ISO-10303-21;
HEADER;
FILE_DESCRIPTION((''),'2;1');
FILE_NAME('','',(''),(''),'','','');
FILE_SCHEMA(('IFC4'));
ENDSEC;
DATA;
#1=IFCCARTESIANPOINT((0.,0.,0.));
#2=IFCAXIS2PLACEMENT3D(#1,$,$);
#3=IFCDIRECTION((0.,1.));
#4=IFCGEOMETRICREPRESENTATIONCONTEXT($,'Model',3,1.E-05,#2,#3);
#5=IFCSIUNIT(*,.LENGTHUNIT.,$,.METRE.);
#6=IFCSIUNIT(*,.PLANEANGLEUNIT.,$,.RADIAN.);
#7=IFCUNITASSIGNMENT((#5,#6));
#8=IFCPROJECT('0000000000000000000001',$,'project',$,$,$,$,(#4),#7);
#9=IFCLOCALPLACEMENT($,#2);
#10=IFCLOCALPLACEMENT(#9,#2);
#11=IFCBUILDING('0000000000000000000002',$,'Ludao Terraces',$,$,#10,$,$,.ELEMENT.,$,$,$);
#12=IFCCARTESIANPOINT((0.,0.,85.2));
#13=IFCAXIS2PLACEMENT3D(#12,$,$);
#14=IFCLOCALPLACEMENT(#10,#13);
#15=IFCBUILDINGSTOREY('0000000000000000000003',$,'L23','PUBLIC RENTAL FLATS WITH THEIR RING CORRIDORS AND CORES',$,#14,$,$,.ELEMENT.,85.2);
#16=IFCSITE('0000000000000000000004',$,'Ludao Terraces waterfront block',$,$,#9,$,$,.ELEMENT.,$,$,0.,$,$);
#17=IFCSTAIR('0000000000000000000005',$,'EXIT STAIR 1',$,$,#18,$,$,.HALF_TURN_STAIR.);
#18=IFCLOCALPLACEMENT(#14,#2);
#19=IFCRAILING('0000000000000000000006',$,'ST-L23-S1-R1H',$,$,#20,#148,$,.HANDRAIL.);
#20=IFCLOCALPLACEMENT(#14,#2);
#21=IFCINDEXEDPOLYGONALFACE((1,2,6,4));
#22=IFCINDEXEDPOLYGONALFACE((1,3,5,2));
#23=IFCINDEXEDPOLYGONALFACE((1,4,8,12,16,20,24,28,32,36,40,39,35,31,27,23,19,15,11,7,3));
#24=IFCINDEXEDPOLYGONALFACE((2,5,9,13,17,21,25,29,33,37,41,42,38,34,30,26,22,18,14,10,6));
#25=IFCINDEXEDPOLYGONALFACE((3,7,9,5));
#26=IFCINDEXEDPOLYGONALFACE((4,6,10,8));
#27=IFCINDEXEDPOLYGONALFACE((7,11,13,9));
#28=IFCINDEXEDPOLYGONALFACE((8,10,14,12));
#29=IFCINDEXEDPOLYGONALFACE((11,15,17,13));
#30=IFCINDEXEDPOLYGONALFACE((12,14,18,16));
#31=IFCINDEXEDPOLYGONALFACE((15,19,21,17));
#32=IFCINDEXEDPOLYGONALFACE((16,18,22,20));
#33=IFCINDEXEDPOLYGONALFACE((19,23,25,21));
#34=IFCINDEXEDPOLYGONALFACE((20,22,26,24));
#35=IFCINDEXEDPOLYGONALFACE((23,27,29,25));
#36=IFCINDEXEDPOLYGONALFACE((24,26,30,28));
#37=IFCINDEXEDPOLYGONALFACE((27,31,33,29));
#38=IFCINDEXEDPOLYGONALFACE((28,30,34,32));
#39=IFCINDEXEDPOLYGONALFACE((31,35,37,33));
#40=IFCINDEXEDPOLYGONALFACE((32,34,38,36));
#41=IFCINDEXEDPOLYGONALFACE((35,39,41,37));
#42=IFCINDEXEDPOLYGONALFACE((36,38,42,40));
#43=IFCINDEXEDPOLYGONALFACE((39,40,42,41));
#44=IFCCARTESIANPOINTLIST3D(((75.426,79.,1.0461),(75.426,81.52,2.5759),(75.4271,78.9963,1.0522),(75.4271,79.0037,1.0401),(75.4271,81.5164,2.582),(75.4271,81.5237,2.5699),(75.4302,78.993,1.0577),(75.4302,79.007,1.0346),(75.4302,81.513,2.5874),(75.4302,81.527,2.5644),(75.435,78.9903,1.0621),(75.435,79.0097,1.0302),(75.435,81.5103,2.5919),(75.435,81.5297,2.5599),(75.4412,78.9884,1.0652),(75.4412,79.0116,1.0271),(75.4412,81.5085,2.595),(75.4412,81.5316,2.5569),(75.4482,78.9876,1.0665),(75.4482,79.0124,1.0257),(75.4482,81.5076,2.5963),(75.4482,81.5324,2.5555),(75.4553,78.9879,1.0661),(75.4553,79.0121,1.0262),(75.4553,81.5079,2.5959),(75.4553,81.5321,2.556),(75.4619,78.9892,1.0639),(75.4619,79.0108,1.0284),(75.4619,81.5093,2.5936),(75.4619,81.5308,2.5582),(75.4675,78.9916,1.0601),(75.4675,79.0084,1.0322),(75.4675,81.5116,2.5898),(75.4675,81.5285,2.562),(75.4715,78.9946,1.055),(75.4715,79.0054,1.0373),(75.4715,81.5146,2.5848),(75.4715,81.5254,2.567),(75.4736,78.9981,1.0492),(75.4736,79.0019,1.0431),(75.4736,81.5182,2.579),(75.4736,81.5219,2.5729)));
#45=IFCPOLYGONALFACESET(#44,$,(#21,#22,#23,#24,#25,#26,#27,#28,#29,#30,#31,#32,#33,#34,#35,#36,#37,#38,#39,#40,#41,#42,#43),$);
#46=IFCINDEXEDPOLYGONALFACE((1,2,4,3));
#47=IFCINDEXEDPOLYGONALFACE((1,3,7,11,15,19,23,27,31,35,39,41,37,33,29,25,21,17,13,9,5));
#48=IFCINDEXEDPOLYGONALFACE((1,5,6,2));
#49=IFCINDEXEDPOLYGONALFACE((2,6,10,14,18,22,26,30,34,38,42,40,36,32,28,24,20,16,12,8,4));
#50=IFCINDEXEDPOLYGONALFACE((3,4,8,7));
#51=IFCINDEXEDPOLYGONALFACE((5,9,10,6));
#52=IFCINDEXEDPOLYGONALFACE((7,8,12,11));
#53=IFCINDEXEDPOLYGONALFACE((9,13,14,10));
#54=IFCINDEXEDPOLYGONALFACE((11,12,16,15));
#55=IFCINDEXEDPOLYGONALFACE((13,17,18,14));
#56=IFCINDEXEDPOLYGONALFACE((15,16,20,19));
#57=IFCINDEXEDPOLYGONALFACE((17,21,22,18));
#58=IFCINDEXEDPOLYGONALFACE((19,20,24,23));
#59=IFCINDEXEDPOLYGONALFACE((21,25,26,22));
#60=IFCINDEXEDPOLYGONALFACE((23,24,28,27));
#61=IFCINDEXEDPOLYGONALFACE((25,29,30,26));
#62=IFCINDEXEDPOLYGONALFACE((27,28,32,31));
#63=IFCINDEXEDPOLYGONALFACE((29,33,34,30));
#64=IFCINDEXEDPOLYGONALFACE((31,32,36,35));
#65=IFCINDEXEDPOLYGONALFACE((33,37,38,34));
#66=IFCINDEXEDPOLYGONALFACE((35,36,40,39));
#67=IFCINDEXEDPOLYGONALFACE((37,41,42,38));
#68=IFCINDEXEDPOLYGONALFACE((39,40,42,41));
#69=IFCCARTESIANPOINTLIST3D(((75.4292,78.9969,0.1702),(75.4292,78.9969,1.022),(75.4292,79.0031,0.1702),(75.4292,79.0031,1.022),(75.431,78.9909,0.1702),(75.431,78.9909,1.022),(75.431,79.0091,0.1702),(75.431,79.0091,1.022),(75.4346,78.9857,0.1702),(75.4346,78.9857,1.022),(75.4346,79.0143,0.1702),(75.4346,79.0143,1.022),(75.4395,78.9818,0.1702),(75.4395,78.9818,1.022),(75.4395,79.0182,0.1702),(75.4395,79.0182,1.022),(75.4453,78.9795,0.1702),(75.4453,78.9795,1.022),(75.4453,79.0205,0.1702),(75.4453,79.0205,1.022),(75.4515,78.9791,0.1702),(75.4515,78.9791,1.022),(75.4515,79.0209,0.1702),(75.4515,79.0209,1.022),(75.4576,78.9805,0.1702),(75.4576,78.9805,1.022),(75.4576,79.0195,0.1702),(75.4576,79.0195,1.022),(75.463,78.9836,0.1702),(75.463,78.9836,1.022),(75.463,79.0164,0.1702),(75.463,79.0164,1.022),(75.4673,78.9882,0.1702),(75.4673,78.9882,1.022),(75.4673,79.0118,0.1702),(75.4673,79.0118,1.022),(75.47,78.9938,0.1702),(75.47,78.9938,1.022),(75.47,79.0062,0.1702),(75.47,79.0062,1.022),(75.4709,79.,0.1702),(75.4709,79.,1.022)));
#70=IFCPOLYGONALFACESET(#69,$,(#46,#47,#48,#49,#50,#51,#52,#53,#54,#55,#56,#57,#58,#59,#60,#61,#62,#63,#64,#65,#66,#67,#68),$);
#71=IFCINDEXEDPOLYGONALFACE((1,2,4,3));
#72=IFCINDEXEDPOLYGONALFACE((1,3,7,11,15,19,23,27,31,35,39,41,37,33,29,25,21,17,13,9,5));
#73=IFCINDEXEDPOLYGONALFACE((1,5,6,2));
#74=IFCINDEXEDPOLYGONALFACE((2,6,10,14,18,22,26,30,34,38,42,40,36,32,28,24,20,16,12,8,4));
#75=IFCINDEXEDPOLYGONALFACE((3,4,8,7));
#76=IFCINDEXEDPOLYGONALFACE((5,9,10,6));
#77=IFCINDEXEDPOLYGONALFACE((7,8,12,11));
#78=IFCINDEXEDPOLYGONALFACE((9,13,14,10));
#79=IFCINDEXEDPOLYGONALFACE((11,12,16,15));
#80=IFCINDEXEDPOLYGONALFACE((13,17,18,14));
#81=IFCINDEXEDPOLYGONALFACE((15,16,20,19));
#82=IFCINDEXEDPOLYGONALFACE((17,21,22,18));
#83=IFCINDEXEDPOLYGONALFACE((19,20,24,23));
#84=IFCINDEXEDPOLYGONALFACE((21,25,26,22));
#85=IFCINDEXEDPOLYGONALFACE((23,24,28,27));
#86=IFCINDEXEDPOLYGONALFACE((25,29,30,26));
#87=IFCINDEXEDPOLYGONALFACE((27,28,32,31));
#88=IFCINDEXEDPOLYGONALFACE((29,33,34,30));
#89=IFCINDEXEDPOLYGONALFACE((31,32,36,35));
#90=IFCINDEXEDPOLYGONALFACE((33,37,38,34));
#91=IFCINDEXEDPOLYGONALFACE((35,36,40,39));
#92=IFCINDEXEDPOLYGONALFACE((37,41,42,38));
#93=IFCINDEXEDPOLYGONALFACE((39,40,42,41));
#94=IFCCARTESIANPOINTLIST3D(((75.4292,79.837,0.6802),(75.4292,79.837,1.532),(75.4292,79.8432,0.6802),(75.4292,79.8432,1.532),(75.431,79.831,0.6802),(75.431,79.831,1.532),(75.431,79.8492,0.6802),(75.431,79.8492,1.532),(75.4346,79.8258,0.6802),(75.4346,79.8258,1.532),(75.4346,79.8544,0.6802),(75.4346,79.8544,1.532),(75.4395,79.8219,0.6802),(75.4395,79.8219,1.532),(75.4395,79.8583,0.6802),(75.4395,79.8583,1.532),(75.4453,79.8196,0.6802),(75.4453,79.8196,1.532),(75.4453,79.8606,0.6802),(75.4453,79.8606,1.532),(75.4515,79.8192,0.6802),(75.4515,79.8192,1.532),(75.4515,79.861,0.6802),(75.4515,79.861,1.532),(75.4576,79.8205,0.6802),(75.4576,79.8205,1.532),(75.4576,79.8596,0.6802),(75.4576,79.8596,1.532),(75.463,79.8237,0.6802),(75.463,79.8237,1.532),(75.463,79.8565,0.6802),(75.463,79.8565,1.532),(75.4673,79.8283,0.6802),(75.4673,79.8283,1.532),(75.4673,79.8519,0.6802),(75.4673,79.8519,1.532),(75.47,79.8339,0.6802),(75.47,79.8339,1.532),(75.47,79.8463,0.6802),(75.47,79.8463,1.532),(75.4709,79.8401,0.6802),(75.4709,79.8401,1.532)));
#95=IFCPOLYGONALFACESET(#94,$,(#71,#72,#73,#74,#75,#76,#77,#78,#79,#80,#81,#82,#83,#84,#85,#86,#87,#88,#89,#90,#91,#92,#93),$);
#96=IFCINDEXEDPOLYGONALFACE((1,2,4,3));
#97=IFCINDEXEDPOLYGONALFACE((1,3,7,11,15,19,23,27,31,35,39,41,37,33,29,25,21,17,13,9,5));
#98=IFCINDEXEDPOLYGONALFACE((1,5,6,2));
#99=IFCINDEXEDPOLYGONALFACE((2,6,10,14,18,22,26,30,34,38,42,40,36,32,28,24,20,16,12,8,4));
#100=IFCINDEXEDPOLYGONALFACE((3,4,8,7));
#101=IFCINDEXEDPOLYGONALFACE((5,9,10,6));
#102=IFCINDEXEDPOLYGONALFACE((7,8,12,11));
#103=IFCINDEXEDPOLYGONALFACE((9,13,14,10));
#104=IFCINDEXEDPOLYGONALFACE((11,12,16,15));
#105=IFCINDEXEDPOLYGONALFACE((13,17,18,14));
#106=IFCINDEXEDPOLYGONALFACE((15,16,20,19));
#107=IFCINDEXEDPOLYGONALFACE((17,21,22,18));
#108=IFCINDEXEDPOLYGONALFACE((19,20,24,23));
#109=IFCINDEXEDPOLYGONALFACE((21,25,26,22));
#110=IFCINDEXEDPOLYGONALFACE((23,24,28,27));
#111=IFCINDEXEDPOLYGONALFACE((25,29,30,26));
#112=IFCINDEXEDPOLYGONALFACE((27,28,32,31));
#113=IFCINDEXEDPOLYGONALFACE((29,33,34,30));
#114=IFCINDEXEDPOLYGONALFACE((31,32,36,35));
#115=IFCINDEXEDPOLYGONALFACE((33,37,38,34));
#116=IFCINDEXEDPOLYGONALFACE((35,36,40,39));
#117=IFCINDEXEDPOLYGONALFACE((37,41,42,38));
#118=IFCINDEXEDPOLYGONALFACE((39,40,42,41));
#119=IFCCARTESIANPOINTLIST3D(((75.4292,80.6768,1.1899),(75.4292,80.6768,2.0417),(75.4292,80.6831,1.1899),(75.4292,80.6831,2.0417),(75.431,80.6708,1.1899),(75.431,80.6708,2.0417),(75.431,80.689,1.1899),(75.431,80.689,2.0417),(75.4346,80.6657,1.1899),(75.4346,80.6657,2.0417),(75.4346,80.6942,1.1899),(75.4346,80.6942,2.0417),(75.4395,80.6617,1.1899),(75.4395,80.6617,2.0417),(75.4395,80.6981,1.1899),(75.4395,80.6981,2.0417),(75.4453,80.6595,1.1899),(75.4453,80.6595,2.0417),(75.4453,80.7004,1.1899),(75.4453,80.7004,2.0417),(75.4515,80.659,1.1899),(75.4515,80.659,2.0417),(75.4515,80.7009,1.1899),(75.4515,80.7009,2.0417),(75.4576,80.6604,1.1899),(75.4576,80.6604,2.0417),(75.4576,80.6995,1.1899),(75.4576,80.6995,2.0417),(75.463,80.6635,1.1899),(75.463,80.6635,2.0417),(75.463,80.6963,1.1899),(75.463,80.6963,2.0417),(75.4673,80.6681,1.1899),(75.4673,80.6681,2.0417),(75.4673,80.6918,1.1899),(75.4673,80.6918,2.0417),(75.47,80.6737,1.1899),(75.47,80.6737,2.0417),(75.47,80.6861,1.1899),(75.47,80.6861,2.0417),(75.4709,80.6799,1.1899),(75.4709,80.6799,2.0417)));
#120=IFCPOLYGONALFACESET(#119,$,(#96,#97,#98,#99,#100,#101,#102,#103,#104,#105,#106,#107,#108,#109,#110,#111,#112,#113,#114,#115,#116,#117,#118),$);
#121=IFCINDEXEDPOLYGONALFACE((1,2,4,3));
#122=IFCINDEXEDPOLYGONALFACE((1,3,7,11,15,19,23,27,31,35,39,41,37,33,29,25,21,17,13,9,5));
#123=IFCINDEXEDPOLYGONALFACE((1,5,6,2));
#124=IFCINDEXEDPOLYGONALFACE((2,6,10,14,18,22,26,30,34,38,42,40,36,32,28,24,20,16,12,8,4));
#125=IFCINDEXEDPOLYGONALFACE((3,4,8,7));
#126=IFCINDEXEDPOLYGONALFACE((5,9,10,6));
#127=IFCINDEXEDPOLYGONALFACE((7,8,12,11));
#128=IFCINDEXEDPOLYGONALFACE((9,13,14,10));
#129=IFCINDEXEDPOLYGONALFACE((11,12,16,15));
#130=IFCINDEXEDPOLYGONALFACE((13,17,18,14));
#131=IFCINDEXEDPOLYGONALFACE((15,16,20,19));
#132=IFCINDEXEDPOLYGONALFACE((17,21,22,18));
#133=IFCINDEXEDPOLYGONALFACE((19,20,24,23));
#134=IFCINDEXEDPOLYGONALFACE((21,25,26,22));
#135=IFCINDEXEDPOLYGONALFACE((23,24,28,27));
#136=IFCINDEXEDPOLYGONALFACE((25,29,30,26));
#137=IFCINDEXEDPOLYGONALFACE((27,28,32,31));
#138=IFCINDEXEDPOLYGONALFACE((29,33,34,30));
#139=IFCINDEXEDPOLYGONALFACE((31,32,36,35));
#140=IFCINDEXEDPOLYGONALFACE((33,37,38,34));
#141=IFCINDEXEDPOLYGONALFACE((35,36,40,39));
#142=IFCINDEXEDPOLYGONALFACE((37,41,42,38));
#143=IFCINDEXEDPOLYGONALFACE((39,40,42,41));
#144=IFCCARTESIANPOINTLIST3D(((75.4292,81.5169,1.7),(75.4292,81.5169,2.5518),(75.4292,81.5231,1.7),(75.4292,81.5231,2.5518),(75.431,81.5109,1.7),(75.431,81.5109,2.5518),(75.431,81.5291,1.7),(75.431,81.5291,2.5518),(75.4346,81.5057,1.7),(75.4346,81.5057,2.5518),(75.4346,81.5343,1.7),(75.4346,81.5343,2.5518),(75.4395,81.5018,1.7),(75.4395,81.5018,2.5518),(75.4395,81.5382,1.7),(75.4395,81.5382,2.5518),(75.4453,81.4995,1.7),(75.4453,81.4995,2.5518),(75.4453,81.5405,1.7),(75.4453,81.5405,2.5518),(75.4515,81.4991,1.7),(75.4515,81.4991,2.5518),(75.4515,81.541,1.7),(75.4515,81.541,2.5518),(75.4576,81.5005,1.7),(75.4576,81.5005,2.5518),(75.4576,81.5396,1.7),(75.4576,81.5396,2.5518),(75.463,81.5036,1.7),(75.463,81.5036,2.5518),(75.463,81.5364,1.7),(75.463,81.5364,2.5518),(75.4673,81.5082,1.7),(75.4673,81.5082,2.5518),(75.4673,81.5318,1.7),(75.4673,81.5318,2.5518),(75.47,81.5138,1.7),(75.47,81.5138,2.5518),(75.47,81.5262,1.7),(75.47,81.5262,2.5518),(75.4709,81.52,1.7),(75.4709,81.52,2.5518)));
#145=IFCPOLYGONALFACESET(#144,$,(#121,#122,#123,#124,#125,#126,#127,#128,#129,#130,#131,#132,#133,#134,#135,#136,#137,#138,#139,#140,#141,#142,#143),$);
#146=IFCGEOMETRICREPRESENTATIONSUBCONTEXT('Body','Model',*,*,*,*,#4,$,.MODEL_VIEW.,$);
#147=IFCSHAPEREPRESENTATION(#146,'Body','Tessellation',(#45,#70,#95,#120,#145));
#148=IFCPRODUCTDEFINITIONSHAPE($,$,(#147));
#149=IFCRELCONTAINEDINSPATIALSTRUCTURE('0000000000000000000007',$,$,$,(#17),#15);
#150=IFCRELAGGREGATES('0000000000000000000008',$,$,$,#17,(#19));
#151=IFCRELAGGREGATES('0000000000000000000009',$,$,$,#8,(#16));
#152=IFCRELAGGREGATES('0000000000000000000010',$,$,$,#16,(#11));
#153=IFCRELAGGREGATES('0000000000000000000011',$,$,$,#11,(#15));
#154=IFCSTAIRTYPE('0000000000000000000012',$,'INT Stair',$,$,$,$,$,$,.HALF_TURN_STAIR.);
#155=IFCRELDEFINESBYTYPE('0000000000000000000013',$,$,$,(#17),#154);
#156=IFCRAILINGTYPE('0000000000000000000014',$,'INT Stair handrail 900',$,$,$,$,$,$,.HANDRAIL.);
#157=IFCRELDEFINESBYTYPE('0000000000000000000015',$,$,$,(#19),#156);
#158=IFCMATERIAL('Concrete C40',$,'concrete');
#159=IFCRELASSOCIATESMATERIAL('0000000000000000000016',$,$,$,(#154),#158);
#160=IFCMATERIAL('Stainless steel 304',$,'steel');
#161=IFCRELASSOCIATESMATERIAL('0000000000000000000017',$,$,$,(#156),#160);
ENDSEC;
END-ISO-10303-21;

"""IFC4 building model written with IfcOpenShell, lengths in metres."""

from ifc_helpers import new_model, si_unit, direction, frame, origin, origin_2d, place, context, subcontext, project, spatial, circle, extrude, material, type_object, element, aggregate, save


model = new_model("IFC4")

# Units and contexts
model_context = context("Model", 3, precision=1e-05, world=origin(), true_north=direction((0.0, 1.0)))
body_context = subcontext(model_context, "Body", "Model", "MODEL_VIEW")
ifc_project = project(units=[si_unit("LENGTHUNIT", "METRE"), si_unit("PLANEANGLEUNIT", "RADIAN")], contexts=[model_context])

# Site, building, storey
site_placement = place(None, origin())
site = spatial("IfcSite", under=ifc_project, at=site_placement, Name="Ludao Terraces waterfront block", CompositionType="ELEMENT", RefElevation=0.0)
building_placement = place(site_placement, origin())
building = spatial("IfcBuilding", under=site, at=building_placement, Name="Ludao Terraces", CompositionType="ELEMENT")
storey_placement = place(building_placement, frame((0.0, 0.0, 85.2)))
storey = spatial("IfcBuildingStorey", under=building, at=storey_placement, Name="L23", Description="PUBLIC RENTAL FLATS WITH THEIR RING CORRIDORS AND CORES", CompositionType="ELEMENT", Elevation=85.2)

# Shared definitions
ifc_material_1 = material(Name="Stainless steel 304", Category="steel")

# Stair, railing
ifc_material_2 = material(Name="Concrete C40", Category="concrete")
stair_type = type_object("IfcStairType", Name="INT Stair", PredefinedType="HALF_TURN_STAIR", material=ifc_material_2)
stair_placement = place(storey_placement, origin())
stair = element("IfcStair", 1, at=stair_placement, inside=storey, type_object=stair_type, Name="EXIT STAIR 1", PredefinedType="HALF_TURN_STAIR")
railing_type_1 = type_object("IfcRailingType", Name="INT Stair handrail 900", PredefinedType="HANDRAIL", material=ifc_material_1)
railing_1_placement = place(storey_placement, frame((75.45, 79.0, 0.1702)))
railing_1 = element("IfcRailing", 2, at=railing_1_placement, type_object=railing_type_1, Name="ST-L23-S1-R1H", PredefinedType="HANDRAIL", context=body_context, shape_type="SweptSolid", body=[
    extrude(circle(Radius=0.0239, at=origin_2d()), frame((0.0, 0.0, 0.876), z_axis=(0.0, 0.854822, 0.518922), x_axis=(-1.0, 0.0, 0.0)), (0.0, 0.0, 1.0), 2.948),
    extrude(circle(Radius=0.021, at=origin_2d()), origin(), (0.0, 0.0, 1.0), 0.8518),
    extrude(circle(Radius=0.021, at=origin_2d()), frame((0.0, 0.8401, 0.51)), (0.0, 0.0, 1.0), 0.8518),
    extrude(circle(Radius=0.021, at=origin_2d()), frame((0.0, 1.6799, 1.0198)), (0.0, 0.0, 1.0), 0.8518),
    extrude(circle(Radius=0.021, at=origin_2d()), frame((0.0, 2.52, 1.5298)), (0.0, 0.0, 1.0), 0.8518),
])
aggregate(stair, [railing_1])

save(model, "model.ifc")
